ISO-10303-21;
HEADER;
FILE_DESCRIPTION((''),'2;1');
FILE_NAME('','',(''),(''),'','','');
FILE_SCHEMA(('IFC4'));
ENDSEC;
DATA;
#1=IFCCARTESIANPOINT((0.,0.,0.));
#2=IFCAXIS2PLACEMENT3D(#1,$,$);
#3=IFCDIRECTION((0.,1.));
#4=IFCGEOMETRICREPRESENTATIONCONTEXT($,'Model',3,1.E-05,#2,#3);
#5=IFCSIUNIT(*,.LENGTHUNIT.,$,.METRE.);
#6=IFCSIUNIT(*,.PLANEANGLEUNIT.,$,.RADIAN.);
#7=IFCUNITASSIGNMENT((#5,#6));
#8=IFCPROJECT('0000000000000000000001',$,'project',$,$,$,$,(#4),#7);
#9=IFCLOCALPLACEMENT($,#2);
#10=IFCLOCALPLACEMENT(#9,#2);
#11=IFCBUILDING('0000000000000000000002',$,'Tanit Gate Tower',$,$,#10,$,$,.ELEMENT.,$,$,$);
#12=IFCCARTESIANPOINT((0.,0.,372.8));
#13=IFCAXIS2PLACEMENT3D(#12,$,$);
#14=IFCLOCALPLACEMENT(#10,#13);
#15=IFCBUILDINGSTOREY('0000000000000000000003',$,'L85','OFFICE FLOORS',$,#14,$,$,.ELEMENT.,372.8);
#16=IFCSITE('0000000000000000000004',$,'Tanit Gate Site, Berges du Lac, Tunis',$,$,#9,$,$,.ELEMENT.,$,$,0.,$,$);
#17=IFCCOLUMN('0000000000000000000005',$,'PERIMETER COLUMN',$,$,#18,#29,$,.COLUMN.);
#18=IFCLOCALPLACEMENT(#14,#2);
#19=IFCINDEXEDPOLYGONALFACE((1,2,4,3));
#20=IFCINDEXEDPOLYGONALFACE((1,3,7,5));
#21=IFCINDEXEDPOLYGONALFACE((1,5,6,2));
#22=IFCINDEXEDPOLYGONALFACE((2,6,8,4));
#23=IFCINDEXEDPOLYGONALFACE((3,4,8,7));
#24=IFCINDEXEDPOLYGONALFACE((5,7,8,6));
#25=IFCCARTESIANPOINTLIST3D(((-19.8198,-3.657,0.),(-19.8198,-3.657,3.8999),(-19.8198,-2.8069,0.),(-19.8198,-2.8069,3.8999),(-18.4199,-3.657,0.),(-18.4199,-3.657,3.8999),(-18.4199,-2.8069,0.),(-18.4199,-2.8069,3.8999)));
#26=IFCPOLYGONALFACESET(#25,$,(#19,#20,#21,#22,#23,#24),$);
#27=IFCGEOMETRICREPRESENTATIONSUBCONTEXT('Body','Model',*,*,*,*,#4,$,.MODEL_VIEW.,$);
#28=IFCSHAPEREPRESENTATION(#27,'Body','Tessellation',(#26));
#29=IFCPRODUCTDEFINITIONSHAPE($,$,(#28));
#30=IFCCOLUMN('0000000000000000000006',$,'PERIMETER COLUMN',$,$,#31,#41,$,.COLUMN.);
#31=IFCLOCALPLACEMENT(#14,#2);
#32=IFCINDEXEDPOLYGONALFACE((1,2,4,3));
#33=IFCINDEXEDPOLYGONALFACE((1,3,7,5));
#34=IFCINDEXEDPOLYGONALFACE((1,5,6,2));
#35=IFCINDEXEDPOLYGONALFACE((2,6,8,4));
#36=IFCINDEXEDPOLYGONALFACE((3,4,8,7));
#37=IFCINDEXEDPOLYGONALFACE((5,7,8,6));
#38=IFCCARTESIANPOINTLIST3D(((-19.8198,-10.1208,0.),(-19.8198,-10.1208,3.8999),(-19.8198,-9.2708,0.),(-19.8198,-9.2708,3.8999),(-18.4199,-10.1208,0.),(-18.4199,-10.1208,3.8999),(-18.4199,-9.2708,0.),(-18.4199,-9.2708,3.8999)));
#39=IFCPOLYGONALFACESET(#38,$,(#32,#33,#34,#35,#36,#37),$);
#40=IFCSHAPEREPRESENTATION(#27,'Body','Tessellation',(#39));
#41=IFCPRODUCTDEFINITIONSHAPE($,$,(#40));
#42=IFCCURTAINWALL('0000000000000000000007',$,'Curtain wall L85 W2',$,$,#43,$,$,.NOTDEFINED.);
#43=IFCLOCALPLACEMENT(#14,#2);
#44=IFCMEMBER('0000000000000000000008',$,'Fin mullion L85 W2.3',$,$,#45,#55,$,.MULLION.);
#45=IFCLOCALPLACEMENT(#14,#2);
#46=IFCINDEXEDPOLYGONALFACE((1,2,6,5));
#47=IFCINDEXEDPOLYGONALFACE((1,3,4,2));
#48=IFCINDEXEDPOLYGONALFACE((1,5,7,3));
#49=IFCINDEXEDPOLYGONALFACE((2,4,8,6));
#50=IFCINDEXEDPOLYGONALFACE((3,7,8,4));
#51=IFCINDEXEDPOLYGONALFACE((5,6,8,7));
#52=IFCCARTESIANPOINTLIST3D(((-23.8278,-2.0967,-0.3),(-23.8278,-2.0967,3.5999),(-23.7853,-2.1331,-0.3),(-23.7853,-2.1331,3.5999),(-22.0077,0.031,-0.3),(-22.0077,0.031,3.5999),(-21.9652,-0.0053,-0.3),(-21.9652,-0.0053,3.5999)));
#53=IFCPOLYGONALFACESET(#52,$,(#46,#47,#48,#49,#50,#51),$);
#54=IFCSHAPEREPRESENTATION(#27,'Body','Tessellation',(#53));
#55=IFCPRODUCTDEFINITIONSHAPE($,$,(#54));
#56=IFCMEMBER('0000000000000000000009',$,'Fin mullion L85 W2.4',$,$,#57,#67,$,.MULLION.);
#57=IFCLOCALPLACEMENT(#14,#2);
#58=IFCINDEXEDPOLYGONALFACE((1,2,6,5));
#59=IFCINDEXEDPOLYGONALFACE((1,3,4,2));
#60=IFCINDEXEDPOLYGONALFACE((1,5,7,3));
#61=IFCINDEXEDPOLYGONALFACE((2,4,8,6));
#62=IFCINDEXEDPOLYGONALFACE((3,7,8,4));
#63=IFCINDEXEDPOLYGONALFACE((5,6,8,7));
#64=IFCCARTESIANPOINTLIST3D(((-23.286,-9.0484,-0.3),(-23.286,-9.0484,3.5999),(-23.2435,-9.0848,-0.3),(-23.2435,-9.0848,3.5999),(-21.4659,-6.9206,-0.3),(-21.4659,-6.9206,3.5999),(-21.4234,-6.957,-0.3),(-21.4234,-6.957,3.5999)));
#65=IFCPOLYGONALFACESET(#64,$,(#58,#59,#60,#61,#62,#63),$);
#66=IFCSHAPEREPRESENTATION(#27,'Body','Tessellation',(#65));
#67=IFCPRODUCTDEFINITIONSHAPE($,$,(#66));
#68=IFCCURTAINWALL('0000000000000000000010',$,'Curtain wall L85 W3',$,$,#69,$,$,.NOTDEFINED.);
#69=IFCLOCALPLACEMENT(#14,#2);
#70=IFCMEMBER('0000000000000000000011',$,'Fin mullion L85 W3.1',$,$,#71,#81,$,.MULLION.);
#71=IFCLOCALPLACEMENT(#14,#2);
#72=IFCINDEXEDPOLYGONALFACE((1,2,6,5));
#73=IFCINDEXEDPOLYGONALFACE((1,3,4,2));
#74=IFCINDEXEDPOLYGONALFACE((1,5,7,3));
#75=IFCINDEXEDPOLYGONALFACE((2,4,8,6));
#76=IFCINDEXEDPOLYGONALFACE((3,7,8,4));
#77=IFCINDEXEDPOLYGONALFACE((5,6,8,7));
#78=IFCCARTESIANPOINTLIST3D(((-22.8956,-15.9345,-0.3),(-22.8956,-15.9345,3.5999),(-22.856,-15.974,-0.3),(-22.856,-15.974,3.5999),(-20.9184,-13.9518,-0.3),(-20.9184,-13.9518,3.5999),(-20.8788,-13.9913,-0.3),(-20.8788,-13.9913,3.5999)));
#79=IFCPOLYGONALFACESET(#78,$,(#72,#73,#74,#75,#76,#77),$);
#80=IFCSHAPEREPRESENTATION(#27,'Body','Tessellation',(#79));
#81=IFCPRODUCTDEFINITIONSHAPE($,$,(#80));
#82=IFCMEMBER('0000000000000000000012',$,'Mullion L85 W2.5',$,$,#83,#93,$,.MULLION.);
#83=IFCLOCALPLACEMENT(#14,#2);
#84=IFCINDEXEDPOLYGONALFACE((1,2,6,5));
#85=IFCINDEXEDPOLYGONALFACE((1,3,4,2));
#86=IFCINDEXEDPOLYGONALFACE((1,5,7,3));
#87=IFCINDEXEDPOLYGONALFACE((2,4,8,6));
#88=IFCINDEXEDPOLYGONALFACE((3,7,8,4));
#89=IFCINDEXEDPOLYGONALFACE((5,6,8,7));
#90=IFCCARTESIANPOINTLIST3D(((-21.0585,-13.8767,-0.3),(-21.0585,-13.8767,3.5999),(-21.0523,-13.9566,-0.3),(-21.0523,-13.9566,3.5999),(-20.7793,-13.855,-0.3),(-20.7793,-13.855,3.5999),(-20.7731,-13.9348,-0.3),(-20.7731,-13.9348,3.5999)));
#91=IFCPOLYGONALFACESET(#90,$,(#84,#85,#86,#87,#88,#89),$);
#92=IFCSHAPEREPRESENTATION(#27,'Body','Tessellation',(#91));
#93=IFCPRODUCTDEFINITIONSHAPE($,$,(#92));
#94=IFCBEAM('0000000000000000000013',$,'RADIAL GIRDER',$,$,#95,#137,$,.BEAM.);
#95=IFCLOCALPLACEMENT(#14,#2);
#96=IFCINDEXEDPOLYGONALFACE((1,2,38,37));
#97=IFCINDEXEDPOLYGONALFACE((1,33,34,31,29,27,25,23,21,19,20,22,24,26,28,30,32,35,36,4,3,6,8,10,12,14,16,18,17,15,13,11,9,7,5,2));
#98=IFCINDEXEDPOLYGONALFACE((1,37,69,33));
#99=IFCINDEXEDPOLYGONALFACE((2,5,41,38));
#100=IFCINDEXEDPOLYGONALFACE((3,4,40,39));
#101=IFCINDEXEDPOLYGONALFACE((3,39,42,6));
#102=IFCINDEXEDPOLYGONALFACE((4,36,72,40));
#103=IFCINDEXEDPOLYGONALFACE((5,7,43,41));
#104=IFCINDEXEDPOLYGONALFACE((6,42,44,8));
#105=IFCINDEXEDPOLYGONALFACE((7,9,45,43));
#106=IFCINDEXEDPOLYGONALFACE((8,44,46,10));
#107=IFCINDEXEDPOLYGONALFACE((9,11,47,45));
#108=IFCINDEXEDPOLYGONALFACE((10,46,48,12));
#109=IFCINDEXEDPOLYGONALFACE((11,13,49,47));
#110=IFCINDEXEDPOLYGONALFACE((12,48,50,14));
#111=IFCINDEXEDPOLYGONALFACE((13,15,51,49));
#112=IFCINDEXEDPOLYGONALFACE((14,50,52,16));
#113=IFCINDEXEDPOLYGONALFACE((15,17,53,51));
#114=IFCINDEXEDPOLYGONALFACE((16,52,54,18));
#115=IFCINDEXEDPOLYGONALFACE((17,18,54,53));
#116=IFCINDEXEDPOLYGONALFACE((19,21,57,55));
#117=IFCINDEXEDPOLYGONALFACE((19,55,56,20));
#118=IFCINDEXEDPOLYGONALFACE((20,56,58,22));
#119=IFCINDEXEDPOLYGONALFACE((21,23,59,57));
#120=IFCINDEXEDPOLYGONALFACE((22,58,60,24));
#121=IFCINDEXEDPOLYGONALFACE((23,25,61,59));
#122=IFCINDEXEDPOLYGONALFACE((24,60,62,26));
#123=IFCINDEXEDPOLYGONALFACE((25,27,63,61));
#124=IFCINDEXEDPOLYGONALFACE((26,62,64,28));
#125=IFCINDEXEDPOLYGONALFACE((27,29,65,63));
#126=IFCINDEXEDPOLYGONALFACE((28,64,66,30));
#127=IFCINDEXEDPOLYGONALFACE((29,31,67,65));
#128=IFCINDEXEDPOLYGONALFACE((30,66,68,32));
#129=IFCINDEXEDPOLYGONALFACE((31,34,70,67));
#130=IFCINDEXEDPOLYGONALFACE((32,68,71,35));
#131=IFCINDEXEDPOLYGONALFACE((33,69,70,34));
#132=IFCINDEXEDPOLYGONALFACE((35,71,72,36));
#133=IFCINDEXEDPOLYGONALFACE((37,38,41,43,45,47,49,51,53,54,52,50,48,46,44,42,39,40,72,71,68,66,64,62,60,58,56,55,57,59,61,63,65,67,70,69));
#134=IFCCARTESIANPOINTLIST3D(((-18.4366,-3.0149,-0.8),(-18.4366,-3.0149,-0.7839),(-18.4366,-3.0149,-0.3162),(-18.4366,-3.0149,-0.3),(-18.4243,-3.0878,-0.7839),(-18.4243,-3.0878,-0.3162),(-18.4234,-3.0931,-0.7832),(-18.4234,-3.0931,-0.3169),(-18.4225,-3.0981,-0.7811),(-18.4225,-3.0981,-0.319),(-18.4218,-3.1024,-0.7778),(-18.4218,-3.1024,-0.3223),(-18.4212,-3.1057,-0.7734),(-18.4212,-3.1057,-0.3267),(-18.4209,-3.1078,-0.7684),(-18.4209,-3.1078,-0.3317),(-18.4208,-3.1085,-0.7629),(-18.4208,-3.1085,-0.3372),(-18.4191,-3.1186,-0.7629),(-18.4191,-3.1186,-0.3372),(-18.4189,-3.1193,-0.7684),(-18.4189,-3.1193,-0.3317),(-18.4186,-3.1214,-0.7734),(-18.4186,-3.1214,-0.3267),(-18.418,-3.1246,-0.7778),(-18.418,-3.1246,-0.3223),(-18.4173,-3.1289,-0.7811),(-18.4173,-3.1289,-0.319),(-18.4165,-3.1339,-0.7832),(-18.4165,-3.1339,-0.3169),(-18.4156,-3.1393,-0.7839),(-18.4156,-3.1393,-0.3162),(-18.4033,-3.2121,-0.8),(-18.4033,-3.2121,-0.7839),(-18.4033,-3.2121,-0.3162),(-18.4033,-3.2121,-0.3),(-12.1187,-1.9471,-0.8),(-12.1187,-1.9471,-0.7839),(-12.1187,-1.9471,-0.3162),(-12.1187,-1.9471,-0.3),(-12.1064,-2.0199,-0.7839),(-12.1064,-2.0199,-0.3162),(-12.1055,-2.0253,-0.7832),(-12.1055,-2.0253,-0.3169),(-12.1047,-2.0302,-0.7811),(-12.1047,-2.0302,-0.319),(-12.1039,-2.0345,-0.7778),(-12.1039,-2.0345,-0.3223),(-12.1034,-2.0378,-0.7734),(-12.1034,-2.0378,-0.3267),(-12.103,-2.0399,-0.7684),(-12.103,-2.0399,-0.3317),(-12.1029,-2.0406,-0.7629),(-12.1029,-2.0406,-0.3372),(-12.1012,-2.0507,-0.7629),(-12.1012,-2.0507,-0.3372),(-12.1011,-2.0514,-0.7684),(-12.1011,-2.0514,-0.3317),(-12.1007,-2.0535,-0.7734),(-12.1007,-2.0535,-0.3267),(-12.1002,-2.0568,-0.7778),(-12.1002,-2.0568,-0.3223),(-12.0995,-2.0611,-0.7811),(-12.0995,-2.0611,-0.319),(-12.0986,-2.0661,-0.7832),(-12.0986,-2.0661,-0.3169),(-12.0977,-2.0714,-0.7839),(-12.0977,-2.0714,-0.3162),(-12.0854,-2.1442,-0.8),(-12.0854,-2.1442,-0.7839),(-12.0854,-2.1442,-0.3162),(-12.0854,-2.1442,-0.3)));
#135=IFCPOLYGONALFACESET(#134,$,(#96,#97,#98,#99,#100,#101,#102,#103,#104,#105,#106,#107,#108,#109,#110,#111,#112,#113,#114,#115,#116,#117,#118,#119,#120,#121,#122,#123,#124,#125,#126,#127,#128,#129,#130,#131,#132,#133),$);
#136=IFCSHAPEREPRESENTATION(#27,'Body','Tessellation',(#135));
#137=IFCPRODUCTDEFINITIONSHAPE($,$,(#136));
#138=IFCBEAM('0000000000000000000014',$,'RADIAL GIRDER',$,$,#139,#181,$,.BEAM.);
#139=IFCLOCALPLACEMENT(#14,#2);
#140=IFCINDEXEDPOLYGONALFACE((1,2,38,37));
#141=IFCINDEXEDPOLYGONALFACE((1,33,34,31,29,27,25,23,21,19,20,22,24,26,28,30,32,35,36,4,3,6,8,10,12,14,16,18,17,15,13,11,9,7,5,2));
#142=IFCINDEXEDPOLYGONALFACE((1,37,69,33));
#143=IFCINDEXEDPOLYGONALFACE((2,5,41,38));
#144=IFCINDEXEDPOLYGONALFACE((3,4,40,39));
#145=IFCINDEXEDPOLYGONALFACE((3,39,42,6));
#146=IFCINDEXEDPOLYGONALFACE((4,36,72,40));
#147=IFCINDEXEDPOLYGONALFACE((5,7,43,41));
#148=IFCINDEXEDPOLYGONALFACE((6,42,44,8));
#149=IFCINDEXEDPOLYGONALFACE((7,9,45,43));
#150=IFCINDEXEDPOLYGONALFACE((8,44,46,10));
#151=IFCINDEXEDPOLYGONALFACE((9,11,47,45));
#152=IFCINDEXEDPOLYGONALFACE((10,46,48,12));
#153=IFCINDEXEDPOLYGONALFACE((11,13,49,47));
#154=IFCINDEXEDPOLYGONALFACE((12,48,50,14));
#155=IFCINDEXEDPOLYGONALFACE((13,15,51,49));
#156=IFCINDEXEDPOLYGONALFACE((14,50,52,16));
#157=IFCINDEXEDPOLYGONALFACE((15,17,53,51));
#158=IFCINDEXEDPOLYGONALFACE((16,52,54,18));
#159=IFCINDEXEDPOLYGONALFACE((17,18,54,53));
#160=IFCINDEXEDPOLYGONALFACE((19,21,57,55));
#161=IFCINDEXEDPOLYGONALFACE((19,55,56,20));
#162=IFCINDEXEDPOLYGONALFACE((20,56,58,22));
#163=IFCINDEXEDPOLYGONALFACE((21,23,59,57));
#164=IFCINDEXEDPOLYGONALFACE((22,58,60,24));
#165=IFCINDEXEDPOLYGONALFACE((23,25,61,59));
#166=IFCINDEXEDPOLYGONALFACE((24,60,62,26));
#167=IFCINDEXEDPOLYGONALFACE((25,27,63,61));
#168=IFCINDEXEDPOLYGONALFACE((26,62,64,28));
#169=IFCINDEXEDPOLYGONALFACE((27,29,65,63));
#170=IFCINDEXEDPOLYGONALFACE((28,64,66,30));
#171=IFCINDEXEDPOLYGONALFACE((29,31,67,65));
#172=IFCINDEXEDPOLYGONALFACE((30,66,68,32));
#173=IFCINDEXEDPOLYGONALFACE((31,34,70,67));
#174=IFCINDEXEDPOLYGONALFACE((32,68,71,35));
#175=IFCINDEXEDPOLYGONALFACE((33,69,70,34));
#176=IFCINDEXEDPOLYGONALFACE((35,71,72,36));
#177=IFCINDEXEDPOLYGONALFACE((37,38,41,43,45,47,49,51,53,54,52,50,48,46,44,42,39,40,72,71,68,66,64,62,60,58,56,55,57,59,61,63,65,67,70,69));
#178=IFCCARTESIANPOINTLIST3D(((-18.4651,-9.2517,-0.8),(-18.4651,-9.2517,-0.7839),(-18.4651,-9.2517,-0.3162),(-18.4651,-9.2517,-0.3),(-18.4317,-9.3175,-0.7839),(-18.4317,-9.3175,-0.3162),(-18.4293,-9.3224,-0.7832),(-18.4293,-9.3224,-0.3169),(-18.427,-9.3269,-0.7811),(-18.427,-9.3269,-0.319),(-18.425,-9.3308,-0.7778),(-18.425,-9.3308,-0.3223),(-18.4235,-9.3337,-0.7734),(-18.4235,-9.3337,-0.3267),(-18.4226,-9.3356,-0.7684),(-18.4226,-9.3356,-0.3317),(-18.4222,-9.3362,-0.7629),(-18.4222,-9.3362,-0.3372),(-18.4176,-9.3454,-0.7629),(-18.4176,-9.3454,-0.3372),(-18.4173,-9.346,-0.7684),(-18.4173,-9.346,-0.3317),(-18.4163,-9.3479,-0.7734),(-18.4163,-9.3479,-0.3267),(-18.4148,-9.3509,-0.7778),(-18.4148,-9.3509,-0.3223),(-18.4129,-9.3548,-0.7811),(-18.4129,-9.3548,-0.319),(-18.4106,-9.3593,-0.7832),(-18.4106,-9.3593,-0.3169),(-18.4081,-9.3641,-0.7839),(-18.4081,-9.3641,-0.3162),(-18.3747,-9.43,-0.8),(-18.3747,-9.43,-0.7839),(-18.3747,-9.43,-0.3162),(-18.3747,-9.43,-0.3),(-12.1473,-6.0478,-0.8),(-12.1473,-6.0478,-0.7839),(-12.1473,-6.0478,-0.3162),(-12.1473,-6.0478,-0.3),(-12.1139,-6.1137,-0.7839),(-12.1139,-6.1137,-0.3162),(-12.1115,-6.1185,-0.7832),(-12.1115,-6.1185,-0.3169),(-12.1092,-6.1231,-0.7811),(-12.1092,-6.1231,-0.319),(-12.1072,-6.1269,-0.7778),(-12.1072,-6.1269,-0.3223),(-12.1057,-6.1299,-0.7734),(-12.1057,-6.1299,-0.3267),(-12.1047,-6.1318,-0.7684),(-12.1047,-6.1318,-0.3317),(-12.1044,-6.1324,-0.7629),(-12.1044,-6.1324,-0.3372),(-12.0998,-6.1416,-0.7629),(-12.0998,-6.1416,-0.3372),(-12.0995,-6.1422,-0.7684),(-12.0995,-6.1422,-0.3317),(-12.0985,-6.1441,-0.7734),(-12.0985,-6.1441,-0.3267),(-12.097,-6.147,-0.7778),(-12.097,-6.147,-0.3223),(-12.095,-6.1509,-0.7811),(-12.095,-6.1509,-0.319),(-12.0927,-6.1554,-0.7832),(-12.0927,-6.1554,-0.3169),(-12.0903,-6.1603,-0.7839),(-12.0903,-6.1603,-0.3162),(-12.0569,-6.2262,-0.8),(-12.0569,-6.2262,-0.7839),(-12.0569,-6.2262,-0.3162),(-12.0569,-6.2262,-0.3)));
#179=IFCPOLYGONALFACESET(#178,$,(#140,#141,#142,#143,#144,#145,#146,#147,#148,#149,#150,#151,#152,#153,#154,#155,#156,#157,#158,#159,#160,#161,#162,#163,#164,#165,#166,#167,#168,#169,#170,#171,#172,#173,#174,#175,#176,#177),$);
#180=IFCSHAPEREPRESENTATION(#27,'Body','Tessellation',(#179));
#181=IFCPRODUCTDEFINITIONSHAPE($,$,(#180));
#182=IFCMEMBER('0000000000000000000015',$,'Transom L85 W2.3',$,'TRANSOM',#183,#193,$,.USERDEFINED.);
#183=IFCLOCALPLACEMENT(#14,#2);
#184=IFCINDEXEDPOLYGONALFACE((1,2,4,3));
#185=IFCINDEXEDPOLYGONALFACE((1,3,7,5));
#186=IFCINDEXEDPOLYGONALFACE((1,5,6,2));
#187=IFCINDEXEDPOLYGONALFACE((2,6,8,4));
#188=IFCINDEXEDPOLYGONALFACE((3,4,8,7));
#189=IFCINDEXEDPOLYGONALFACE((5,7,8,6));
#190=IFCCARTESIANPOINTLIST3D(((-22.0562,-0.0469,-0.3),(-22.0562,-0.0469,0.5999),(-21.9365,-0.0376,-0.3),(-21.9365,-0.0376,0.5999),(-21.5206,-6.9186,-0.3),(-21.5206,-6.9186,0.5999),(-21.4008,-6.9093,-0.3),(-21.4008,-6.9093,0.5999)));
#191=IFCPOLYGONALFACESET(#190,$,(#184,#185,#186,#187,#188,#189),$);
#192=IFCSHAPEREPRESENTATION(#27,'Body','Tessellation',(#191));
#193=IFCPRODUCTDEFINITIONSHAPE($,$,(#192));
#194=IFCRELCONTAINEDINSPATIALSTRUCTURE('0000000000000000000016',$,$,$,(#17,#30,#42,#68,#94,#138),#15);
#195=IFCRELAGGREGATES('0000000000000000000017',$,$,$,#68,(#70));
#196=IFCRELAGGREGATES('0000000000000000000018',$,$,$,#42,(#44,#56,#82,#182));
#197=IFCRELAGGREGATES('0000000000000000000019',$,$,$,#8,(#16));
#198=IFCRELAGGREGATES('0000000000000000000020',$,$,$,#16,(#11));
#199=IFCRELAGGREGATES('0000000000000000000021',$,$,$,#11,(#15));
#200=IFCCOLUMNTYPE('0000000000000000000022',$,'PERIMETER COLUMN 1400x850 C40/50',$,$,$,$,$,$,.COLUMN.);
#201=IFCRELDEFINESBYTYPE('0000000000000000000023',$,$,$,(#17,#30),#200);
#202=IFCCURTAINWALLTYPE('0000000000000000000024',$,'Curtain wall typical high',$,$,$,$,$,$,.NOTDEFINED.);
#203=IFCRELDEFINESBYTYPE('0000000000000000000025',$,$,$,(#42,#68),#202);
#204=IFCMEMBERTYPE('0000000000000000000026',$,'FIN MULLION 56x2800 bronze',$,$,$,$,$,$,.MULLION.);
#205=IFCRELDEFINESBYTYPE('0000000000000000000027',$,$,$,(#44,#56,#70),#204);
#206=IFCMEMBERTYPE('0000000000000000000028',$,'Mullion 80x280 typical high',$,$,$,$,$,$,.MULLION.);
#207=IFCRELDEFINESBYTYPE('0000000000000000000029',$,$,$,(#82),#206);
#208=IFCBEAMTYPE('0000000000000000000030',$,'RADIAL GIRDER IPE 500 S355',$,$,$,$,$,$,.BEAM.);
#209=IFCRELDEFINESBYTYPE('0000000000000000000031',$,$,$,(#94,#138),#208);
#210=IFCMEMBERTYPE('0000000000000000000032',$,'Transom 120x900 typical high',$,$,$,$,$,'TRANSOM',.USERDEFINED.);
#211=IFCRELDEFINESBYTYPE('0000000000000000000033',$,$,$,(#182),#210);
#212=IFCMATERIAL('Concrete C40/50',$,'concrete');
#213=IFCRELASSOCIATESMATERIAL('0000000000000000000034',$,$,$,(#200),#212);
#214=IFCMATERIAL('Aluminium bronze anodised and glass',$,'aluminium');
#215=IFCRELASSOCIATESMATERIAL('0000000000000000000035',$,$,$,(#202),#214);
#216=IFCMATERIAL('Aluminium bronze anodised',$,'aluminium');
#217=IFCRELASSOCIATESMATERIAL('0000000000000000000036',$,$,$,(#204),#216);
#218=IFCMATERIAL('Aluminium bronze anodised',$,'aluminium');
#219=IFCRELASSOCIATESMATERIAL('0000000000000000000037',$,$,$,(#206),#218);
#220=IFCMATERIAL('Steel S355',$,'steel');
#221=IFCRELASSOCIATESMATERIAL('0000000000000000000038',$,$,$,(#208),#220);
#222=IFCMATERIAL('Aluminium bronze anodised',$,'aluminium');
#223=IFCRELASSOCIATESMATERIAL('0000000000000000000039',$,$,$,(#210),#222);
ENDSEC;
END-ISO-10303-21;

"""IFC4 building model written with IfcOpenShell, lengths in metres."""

from ifc_helpers import new_model, si_unit, direction, frame, origin, origin_2d, place, context, subcontext, project, spatial, rectangle, i_section, extrude, material, material_profile, profile_set, type_object, element, aggregate, save


model = new_model("IFC4")

# Units and contexts
model_context = context("Model", 3, precision=1e-05, world=origin(), true_north=direction((0.0, 1.0)))
body_context = subcontext(model_context, "Body", "Model", "MODEL_VIEW")
ifc_project = project(units=[si_unit("LENGTHUNIT", "METRE"), si_unit("PLANEANGLEUNIT", "RADIAN")], contexts=[model_context])

# Site, building, storey
site_placement = place(None, origin())
site = spatial("IfcSite", under=ifc_project, at=site_placement, Name="Tanit Gate Site, Berges du Lac, Tunis", CompositionType="ELEMENT", RefElevation=0.0)
building_placement = place(site_placement, origin())
building = spatial("IfcBuilding", under=site, at=building_placement, Name="Tanit Gate Tower", CompositionType="ELEMENT")
storey_placement = place(building_placement, frame((0.0, 0.0, 372.8)))
storey = spatial("IfcBuildingStorey", under=building, at=storey_placement, Name="L85", Description="OFFICE FLOORS", CompositionType="ELEMENT", Elevation=372.8)

# Columns
ifc_material_1 = material(Name="Concrete C40/50", Category="concrete")
ifc_material_profile_1 = material_profile(ifc_material_1, rectangle(XDim=1.3999, YDim=0.8501, at=origin_2d()), Name="RC 1400x850")
ifc_profile_set_1 = profile_set([ifc_material_profile_1], Name="Concrete C40/50")
column_type = type_object("IfcColumnType", Name="PERIMETER COLUMN 1400x850 C40/50", PredefinedType="COLUMN", material=ifc_profile_set_1)
for number, where, z_axis, x_axis, name in (
    (1, (-19.1199, -3.2319, 0.0), (0.0, 0.0, 1.0), (-1.0, 0.0, 0.0), "PERIMETER COLUMN"),
    (2, (-19.1199, -9.6958, 0.0), (0.0, 0.0, 1.0), (-1.0, 0.0, 0.0), "PERIMETER COLUMN"),
):
    element("IfcColumn", number, at=place(storey_placement, frame(where, z_axis=z_axis, x_axis=x_axis)), inside=storey, type_object=column_type, Name=name, PredefinedType="COLUMN", context=body_context, shape_type="SweptSolid", body=[
        extrude(rectangle(XDim=1.3999, YDim=0.8501, at=origin_2d()), origin(), (0.0, 0.0, 1.0), 3.8999),
    ])

# Curtain wall, members
ifc_material_2 = material(Name="Aluminium bronze anodised and glass", Category="aluminium")
curtain_wall_type = type_object("IfcCurtainWallType", Name="Curtain wall typical high", PredefinedType="NOTDEFINED", material=ifc_material_2)
curtain_wall_1_placement = place(storey_placement, origin())
curtain_wall_1 = element("IfcCurtainWall", 3, at=curtain_wall_1_placement, inside=storey, type_object=curtain_wall_type, Name="Curtain wall L85 W2", PredefinedType="NOTDEFINED")
ifc_material_3 = material(Name="Aluminium bronze anodised", Category="aluminium")
ifc_material_profile_2 = material_profile(ifc_material_3, rectangle(XDim=2.8, YDim=0.0559, at=origin_2d()), Name="56x2800 bronze fin mullion")
ifc_profile_set_2 = profile_set([ifc_material_profile_2], Name="Aluminium bronze anodised")
member_type_1 = type_object("IfcMemberType", Name="FIN MULLION 56x2800 bronze", PredefinedType="MULLION", material=ifc_profile_set_2)
member_1_placement = place(storey_placement, frame((-22.8965, -1.051, -0.3), z_axis=(0.0, 0.0, 1.0), x_axis=(0.650026, 0.759912, 0.0)))
member_1 = element("IfcMember", 4, at=member_1_placement, type_object=member_type_1, Name="Fin mullion L85 W2.3", PredefinedType="MULLION", context=body_context, shape_type="SweptSolid", body=[
    extrude(rectangle(XDim=2.8, YDim=0.0559, at=origin_2d()), origin(), (0.0, 0.0, 1.0), 3.8999),
])
member_2_placement = place(storey_placement, frame((-22.3547, -8.0027, -0.3), z_axis=(0.0, 0.0, 1.0), x_axis=(0.650026, 0.759912, 0.0)))
member_2 = element("IfcMember", 5, at=member_2_placement, type_object=member_type_1, Name="Fin mullion L85 W2.4", PredefinedType="MULLION", context=body_context, shape_type="SweptSolid", body=[
    extrude(rectangle(XDim=2.8, YDim=0.0559, at=origin_2d()), origin(), (0.0, 0.0, 1.0), 3.8999),
])

# Curtain wall, member
curtain_wall_2_placement = place(storey_placement, origin())
curtain_wall_2 = element("IfcCurtainWall", 6, at=curtain_wall_2_placement, inside=storey, type_object=curtain_wall_type, Name="Curtain wall L85 W3", PredefinedType="NOTDEFINED")
member_3_placement = place(storey_placement, frame((-21.8872, -14.9629, -0.3), z_axis=(0.0, 0.0, 1.0), x_axis=(0.706136, 0.708076, 0.0)))
member_3 = element("IfcMember", 7, at=member_3_placement, type_object=member_type_1, Name="Fin mullion L85 W3.1", PredefinedType="MULLION", context=body_context, shape_type="SweptSolid", body=[
    extrude(rectangle(XDim=2.8, YDim=0.0559, at=origin_2d()), origin(), (0.0, 0.0, 1.0), 3.8999),
])

# Member
ifc_material_4 = material(Name="Aluminium bronze anodised", Category="aluminium")
ifc_material_profile_3 = material_profile(ifc_material_4, rectangle(XDim=0.28, YDim=0.0801, at=origin_2d()), Name="80x280 bronze mullion")
ifc_profile_set_3 = profile_set([ifc_material_profile_3], Name="Aluminium bronze anodised")
member_type_2 = type_object("IfcMemberType", Name="Mullion 80x280 typical high", PredefinedType="MULLION", material=ifc_profile_set_3)
member_4_placement = place(storey_placement, frame((-20.9158, -13.9058, -0.3), z_axis=(0.0, 0.0, 1.0), x_axis=(0.996977, 0.077701, 0.0)))
member_4 = element("IfcMember", 8, at=member_4_placement, type_object=member_type_2, Name="Mullion L85 W2.5", PredefinedType="MULLION", context=body_context, shape_type="SweptSolid", body=[
    extrude(rectangle(XDim=0.28, YDim=0.0801, at=origin_2d()), origin(), (0.0, 0.0, 1.0), 3.8999),
])

# Beams
ifc_material_5 = material(Name="Steel S355", Category="steel")
ifc_material_profile_4 = material_profile(ifc_material_5, i_section(OverallWidth=0.2, OverallDepth=0.5, WebThickness=0.0103, FlangeThickness=0.0161, FilletRadius=0.021, at=origin_2d()), Name="IPE 500")
ifc_profile_set_4 = profile_set([ifc_material_profile_4], Name="Steel S355")
beam_type = type_object("IfcBeamType", Name="RADIAL GIRDER IPE 500 S355", PredefinedType="BEAM", material=ifc_profile_set_4)
beam_1_placement = place(storey_placement, frame((-18.4199, -3.1135, -0.55), z_axis=(0.986014, 0.16666, 0.0), x_axis=(-0.16666, 0.986014, 0.0)))
element("IfcBeam", 9, at=beam_1_placement, inside=storey, type_object=beam_type, Name="RADIAL GIRDER", PredefinedType="BEAM", context=body_context, shape_type="SweptSolid", body=[
    extrude(i_section(OverallWidth=0.2, OverallDepth=0.5, WebThickness=0.0103, FlangeThickness=0.0161, FilletRadius=0.021, at=origin_2d()), origin(), (0.0, 0.0, 1.0), 6.4075),
])
beam_2_placement = place(storey_placement, frame((-18.4199, -9.3408, -0.55), z_axis=(0.891876, 0.45228, 0.0), x_axis=(-0.45228, 0.891876, 0.0)))
element("IfcBeam", 10, at=beam_2_placement, inside=storey, type_object=beam_type, Name="RADIAL GIRDER", PredefinedType="BEAM", context=body_context, shape_type="SweptSolid", body=[
    extrude(i_section(OverallWidth=0.2, OverallDepth=0.5, WebThickness=0.0103, FlangeThickness=0.0161, FilletRadius=0.021, at=origin_2d()), origin(), (0.0, 0.0, 1.0), 7.0837),
])

# Member
ifc_material_6 = material(Name="Aluminium bronze anodised", Category="aluminium")
ifc_material_profile_5 = material_profile(ifc_material_6, rectangle(XDim=0.1201, YDim=0.8999, at=origin_2d()), Name="120x900 bronze transom")
ifc_profile_set_5 = profile_set([ifc_material_profile_5], Name="Aluminium bronze anodised")
member_type_3 = type_object("IfcMemberType", Name="Transom 120x900 typical high", ElementType="TRANSOM", PredefinedType="USERDEFINED", material=ifc_profile_set_5)
member_5_placement = place(storey_placement, frame((-21.9963, -0.0422, 0.1499), z_axis=(0.077712, -0.996976, 0.0), x_axis=(0.996976, 0.077712, 0.0)))
member_5 = element("IfcMember", 11, at=member_5_placement, type_object=member_type_3, Name="Transom L85 W2.3", ObjectType="TRANSOM", PredefinedType="USERDEFINED", context=body_context, shape_type="SweptSolid", body=[
    extrude(rectangle(XDim=0.1201, YDim=0.8999, at=origin_2d()), origin(), (0.0, 0.0, 1.0), 6.8926),
])
aggregate(curtain_wall_2, [member_3])

aggregate(curtain_wall_1, [member_1, member_2, member_4, member_5])

save(model, "model.ifc")
